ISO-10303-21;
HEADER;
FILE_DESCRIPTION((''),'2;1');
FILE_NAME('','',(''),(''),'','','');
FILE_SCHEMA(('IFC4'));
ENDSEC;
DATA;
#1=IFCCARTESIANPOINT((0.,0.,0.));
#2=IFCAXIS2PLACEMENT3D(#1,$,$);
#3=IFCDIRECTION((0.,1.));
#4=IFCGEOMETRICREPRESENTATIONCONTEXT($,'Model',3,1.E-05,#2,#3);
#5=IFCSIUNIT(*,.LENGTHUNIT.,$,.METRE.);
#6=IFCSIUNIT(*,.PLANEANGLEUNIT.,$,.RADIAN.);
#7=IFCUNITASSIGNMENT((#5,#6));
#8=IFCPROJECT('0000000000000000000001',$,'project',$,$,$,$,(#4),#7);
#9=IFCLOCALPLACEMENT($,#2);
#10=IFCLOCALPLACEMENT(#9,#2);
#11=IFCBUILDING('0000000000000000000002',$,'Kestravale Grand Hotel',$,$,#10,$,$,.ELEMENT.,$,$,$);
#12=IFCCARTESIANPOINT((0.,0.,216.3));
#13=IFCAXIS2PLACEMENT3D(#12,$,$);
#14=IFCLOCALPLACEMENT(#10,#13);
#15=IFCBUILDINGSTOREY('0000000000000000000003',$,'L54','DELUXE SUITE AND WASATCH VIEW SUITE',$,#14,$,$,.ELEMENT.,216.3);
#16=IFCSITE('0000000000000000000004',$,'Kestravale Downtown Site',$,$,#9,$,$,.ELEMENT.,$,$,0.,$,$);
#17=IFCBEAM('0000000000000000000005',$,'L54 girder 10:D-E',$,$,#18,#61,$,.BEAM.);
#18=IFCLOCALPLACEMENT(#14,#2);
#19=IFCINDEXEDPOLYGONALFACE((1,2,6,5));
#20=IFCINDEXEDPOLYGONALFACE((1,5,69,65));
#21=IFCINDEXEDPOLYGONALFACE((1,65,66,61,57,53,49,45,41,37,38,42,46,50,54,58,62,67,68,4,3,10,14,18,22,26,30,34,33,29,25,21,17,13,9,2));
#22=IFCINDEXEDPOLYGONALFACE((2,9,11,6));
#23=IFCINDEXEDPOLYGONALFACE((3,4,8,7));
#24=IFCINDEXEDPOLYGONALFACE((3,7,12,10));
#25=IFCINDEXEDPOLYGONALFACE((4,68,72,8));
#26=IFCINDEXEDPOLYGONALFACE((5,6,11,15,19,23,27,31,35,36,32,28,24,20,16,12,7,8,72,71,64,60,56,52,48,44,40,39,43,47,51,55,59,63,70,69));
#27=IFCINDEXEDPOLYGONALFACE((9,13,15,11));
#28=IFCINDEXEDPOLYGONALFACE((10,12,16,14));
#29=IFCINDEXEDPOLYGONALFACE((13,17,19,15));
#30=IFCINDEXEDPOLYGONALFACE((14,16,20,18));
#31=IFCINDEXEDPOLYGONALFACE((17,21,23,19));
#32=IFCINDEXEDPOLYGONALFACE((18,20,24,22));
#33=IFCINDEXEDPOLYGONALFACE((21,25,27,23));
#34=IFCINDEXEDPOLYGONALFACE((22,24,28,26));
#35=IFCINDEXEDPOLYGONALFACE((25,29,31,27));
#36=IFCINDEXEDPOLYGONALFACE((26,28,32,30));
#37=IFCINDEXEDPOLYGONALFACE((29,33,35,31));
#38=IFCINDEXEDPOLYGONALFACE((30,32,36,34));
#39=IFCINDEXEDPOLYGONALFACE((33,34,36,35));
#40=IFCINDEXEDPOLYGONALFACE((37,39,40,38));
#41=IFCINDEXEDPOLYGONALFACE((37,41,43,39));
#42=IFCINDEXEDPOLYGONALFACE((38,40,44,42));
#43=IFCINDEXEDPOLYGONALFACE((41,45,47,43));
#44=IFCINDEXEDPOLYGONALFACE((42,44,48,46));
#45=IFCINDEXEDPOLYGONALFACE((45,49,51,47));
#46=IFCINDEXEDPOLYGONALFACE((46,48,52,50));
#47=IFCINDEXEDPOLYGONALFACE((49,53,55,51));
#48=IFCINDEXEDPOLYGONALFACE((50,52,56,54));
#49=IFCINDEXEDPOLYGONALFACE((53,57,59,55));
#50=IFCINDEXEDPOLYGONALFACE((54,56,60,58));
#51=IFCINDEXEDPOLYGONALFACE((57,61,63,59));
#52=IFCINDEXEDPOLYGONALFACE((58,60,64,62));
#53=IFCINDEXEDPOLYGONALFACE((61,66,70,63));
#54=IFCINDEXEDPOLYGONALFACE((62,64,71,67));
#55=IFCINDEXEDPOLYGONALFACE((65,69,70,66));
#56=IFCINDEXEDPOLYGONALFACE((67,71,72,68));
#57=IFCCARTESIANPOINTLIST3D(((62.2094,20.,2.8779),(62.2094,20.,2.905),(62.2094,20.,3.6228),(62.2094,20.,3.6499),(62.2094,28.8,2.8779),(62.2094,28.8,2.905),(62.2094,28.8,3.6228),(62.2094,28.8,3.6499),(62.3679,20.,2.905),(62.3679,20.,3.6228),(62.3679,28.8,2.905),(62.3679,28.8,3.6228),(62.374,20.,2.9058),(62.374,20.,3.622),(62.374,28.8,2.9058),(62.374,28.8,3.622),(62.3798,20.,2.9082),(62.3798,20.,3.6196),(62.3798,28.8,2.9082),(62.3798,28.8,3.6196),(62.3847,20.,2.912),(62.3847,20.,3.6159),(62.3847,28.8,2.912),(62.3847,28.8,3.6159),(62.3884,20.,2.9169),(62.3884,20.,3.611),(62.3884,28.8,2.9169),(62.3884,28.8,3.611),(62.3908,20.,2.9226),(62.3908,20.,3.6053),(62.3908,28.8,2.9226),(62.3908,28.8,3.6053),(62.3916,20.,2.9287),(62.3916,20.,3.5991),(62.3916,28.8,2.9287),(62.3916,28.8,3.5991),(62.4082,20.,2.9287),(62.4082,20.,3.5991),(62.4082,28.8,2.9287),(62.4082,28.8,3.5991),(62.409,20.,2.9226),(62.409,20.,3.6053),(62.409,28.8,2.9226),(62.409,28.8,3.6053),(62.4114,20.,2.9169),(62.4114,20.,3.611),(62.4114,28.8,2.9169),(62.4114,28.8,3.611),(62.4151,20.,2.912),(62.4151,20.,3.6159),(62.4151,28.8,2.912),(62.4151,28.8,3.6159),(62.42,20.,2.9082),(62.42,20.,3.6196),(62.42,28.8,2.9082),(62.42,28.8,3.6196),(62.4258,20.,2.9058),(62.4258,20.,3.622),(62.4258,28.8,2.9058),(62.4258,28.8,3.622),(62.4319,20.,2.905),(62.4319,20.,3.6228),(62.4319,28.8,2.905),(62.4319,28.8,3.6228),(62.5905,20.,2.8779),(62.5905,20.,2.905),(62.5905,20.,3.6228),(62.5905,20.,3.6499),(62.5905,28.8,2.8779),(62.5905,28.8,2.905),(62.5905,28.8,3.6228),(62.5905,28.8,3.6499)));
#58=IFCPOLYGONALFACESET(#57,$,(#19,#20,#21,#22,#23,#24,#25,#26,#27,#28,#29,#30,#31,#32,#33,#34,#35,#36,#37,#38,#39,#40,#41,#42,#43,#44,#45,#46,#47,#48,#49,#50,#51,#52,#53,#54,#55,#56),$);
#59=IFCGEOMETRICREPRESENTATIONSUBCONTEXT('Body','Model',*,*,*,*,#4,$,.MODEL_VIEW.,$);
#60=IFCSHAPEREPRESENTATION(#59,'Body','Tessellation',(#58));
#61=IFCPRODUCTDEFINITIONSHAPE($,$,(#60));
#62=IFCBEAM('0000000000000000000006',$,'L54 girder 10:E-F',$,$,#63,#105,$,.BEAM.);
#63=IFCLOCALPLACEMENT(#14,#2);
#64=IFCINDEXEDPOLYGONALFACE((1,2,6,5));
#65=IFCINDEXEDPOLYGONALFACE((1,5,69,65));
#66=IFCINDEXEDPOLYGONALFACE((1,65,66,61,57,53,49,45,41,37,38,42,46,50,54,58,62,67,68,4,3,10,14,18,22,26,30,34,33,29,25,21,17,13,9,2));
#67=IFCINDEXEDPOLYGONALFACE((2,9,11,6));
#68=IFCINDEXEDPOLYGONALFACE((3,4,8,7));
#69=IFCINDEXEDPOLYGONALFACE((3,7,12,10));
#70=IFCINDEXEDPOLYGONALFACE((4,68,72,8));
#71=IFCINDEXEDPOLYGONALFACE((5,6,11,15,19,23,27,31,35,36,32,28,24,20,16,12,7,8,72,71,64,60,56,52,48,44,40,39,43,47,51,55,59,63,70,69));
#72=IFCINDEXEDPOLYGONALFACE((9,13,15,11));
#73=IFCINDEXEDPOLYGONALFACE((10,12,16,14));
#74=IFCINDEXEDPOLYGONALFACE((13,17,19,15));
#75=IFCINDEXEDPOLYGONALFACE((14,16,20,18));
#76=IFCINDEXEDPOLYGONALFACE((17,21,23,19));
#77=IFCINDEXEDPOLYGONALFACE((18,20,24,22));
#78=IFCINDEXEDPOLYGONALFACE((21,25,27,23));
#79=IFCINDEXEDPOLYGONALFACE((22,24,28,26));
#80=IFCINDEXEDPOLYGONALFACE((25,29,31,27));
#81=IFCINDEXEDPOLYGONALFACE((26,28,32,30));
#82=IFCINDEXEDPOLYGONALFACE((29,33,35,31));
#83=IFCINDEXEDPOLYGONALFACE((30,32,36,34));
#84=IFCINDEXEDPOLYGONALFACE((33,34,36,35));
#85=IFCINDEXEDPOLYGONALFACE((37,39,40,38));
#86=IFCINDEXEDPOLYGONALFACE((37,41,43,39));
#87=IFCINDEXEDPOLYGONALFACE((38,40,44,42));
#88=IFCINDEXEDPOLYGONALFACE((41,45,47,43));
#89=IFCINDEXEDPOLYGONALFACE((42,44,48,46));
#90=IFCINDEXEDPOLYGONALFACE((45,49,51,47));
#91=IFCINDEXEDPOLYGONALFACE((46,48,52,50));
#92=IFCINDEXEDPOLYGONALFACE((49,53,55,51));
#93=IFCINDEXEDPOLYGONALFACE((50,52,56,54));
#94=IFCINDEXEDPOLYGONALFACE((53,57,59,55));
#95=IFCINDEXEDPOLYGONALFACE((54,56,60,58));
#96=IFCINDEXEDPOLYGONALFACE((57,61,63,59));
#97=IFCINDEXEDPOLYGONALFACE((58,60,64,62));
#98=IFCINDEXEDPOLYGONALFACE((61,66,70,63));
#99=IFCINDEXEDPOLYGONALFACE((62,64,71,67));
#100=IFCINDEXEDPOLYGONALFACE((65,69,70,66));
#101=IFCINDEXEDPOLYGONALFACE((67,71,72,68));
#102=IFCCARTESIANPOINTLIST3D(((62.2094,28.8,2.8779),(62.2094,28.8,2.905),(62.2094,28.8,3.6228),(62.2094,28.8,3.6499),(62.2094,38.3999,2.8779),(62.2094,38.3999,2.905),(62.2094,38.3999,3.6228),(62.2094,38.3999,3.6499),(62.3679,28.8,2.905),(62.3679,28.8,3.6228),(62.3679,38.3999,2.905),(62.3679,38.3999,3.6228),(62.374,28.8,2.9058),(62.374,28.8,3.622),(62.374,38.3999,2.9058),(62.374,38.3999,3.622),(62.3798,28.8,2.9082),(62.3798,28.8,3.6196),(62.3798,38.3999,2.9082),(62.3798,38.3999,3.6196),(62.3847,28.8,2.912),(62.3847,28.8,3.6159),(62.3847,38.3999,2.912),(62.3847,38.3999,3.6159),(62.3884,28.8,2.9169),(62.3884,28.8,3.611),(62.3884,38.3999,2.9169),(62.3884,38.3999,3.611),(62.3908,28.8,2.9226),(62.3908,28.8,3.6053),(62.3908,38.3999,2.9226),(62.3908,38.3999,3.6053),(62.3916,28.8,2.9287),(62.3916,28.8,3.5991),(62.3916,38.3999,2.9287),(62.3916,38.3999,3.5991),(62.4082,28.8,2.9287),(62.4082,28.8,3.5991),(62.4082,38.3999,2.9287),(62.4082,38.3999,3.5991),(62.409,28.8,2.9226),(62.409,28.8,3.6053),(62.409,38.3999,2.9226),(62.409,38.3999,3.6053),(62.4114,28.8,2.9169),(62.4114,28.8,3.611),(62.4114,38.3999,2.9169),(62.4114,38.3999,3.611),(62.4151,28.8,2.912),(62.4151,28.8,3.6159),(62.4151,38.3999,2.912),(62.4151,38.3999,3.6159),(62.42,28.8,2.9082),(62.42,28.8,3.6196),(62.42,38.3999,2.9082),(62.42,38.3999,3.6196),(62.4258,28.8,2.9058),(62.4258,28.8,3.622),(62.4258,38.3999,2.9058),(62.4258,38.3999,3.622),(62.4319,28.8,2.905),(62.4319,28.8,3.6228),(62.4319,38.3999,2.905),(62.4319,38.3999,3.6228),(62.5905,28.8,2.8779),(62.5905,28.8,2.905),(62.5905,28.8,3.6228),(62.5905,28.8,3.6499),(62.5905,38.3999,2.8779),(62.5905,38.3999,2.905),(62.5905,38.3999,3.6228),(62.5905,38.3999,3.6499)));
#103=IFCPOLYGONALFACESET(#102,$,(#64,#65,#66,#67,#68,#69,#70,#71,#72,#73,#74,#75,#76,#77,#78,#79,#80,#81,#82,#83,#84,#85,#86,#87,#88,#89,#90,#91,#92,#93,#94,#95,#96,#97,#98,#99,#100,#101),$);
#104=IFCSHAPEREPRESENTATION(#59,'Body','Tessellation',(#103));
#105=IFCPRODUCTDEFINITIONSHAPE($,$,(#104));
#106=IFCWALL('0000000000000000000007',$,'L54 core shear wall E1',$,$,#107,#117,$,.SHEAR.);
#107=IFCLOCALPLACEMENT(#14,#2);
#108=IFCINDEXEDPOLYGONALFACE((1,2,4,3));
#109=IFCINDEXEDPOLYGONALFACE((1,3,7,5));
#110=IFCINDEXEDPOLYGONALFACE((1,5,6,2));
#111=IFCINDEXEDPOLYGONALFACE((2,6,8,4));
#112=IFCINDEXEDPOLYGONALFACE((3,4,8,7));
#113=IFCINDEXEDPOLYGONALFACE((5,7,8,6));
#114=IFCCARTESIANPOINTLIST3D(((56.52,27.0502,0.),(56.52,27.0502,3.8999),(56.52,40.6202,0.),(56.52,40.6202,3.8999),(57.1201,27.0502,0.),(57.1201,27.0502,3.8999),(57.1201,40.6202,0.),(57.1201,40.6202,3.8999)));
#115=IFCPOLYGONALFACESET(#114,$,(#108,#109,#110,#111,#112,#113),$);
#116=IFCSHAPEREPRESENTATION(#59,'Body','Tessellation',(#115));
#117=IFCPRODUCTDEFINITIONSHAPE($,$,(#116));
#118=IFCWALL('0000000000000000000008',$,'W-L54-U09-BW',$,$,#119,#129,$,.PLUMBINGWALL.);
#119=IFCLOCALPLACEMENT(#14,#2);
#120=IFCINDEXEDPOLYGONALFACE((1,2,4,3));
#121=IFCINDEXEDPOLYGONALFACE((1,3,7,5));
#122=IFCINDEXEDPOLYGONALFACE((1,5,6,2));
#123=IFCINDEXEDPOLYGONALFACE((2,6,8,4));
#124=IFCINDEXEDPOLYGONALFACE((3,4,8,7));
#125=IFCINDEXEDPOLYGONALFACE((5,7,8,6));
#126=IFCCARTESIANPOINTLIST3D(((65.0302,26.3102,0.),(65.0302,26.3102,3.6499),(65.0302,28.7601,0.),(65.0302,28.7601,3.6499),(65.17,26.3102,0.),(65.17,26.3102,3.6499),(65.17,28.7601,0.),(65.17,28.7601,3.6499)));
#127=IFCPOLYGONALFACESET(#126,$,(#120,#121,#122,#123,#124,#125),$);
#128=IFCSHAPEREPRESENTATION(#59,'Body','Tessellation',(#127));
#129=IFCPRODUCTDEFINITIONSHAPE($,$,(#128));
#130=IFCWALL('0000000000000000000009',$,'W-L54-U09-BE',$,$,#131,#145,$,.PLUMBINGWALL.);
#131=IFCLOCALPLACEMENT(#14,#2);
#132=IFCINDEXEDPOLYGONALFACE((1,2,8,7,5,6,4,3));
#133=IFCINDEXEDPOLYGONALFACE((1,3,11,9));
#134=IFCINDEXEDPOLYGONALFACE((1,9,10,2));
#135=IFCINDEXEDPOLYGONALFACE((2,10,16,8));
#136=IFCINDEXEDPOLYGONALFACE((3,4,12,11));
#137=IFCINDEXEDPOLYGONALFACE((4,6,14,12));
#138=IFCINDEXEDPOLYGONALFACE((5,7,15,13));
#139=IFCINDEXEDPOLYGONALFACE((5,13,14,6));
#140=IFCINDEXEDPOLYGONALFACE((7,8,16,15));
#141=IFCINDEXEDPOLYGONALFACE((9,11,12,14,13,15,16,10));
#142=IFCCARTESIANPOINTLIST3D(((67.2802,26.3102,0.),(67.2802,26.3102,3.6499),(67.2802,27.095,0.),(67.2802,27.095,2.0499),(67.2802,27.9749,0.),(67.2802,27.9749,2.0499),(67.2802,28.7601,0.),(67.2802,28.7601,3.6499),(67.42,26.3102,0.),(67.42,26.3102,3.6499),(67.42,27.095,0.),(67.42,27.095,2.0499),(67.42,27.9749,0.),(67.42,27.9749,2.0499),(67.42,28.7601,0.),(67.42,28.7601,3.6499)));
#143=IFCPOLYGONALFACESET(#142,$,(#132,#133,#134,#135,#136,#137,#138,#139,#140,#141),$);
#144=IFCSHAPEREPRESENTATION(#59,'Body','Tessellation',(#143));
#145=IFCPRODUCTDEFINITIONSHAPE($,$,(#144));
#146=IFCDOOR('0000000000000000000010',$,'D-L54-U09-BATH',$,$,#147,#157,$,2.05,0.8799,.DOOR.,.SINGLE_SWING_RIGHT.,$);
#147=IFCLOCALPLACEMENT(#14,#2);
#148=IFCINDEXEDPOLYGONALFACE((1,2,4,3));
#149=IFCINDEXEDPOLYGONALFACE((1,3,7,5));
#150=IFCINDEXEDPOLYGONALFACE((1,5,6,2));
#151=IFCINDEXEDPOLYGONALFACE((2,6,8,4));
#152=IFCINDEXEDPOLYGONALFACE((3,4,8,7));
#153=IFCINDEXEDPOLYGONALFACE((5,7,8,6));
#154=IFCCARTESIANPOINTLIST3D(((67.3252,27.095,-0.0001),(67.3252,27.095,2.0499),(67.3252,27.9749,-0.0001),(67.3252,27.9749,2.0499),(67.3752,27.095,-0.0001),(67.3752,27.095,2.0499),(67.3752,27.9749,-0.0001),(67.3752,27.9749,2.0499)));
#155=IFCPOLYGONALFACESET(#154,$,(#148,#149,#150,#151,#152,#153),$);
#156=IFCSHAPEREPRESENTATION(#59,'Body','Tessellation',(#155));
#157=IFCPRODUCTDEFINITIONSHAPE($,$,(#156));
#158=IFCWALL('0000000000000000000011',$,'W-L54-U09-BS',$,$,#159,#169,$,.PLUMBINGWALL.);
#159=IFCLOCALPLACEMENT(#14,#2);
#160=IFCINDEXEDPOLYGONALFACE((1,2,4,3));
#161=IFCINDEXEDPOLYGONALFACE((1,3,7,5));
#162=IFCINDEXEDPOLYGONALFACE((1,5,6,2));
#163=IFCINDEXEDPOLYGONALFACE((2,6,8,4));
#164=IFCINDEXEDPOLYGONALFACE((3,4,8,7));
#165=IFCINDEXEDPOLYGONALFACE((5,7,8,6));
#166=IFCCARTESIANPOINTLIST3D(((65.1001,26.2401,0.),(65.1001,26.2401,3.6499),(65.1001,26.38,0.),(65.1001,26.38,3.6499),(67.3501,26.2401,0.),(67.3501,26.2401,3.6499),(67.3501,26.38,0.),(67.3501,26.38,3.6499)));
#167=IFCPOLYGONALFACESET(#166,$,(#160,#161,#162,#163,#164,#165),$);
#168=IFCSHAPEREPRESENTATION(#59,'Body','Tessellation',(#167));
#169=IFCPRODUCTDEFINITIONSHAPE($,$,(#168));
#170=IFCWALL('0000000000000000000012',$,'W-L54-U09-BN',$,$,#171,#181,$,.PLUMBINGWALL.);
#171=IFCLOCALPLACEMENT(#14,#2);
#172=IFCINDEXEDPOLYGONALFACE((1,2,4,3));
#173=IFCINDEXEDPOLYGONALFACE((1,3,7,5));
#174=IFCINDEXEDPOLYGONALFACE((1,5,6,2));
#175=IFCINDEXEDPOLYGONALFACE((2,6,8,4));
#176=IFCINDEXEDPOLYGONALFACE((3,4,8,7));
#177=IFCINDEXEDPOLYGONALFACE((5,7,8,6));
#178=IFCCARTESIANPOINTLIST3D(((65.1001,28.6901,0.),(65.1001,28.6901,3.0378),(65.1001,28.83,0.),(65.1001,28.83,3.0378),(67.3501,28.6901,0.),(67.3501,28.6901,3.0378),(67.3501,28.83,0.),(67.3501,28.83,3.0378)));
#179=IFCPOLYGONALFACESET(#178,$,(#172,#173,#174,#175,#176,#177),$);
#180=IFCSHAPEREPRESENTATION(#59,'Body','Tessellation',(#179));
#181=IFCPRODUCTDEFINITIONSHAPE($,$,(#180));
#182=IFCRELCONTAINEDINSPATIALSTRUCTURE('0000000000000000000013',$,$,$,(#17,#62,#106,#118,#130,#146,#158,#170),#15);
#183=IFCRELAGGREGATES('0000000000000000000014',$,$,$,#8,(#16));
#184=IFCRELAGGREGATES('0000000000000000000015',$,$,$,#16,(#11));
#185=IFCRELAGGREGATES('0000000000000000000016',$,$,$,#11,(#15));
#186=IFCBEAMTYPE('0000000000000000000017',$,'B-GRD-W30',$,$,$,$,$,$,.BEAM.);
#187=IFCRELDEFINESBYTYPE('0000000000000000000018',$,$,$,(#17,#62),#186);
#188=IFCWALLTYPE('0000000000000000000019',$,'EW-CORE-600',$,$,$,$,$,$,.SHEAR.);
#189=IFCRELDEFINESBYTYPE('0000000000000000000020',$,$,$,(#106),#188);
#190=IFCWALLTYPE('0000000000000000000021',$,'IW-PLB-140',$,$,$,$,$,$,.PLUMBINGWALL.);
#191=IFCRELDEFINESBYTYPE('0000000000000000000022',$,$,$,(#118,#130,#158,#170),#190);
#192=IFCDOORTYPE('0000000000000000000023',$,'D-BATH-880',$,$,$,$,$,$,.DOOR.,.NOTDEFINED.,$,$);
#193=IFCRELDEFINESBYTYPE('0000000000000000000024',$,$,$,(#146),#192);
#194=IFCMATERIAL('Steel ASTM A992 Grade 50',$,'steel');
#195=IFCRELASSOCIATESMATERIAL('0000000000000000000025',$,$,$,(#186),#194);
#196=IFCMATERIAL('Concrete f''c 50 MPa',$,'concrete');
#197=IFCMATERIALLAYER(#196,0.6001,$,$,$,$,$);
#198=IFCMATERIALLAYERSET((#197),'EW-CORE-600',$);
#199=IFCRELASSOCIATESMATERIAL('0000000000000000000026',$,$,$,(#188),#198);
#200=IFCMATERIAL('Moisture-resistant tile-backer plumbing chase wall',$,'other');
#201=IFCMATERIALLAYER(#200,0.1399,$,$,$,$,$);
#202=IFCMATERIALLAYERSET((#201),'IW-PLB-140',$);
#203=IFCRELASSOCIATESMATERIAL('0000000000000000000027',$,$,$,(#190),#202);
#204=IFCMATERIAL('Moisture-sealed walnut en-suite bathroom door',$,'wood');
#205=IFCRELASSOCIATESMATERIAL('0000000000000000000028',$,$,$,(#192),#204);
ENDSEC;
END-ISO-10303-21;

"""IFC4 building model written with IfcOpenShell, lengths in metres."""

from ifc_helpers import new_model, si_unit, direction, frame, frame_2d, origin, origin_2d, place, context, subcontext, project, spatial, rectangle, i_section, extrude, material, layer, layer_set, material_profile, profile_set, type_object, element, fill, save


model = new_model("IFC4")

# Units and contexts
model_context = context("Model", 3, precision=1e-05, world=origin(), true_north=direction((0.0, 1.0)))
body_context = subcontext(model_context, "Body", "Model", "MODEL_VIEW")
ifc_project = project(units=[si_unit("LENGTHUNIT", "METRE"), si_unit("PLANEANGLEUNIT", "RADIAN")], contexts=[model_context])

# Site, building, storey
site_placement = place(None, origin())
site = spatial("IfcSite", under=ifc_project, at=site_placement, Name="Kestravale Downtown Site", CompositionType="ELEMENT", RefElevation=0.0)
building_placement = place(site_placement, origin())
building = spatial("IfcBuilding", under=site, at=building_placement, Name="Kestravale Grand Hotel", CompositionType="ELEMENT")
storey_placement = place(building_placement, frame((0.0, 0.0, 216.3)))
storey = spatial("IfcBuildingStorey", under=building, at=storey_placement, Name="L54", Description="DELUXE SUITE AND WASATCH VIEW SUITE", CompositionType="ELEMENT", Elevation=216.3)

# Beams
ifc_material_1 = material(Name="Steel ASTM A992 Grade 50", Category="steel")
ifc_material_profile_1 = material_profile(ifc_material_1, i_section(OverallWidth=0.3811, OverallDepth=0.772, WebThickness=0.0166, FlangeThickness=0.0271, FilletRadius=0.0237, at=origin_2d()))
ifc_profile_set_1 = profile_set([ifc_material_profile_1], Name="Steel ASTM A992 Grade 50")
beam_type_1 = type_object("IfcBeamType", Name="B-GRD-W30", PredefinedType="BEAM", material=ifc_profile_set_1)
beam_1_placement = place(storey_placement, frame((62.3999, 20.0, 3.2639), z_axis=(0.0, 1.0, 0.0), x_axis=(-1.0, 0.0, 0.0)))
element("IfcBeam", 1, at=beam_1_placement, inside=storey, type_object=beam_type_1, Name="L54 girder 10:D-E", PredefinedType="BEAM", context=body_context, shape_type="SweptSolid", body=[
    extrude(i_section(OverallWidth=0.3811, OverallDepth=0.772, WebThickness=0.0166, FlangeThickness=0.0271, FilletRadius=0.0237, at=origin_2d()), origin(), (0.0, 0.0, 1.0), 8.8),
])
beam_2_placement = place(storey_placement, frame((62.3999, 28.8, 3.2639), z_axis=(0.0, 1.0, 0.0), x_axis=(-1.0, 0.0, 0.0)))
element("IfcBeam", 2, at=beam_2_placement, inside=storey, type_object=beam_type_1, Name="L54 girder 10:E-F", PredefinedType="BEAM", context=body_context, shape_type="SweptSolid", body=[
    extrude(i_section(OverallWidth=0.3811, OverallDepth=0.772, WebThickness=0.0166, FlangeThickness=0.0271, FilletRadius=0.0237, at=origin_2d()), origin(), (0.0, 0.0, 1.0), 9.5999),
])

# Walls
ifc_material_2 = material(Name="Concrete f'c 50 MPa", Category="concrete")
ifc_layer_1 = layer(ifc_material_2, 0.6001)
ifc_layer_set_1 = layer_set([ifc_layer_1], Name="EW-CORE-600")
wall_type_1 = type_object("IfcWallType", Name="EW-CORE-600", PredefinedType="SHEAR", material=ifc_layer_set_1)
wall_1_placement = place(storey_placement, frame((56.8201, 27.05, 0.0), z_axis=(0.0, 0.0, 1.0), x_axis=(0.0, 1.0, 0.0)))
element("IfcWall", 3, at=wall_1_placement, inside=storey, type_object=wall_type_1, Name="L54 core shear wall E1", PredefinedType="SHEAR", context=body_context, shape_type="SweptSolid", body=[
    extrude(rectangle(XDim=13.5701, YDim=0.6001, at=frame_2d((6.7852, 0.0))), origin(), (0.0, 0.0, 1.0), 3.8999),
])
ifc_material_3 = material(Name="Moisture-resistant tile-backer plumbing chase wall", Category="other")
ifc_layer_2 = layer(ifc_material_3, 0.1399)
ifc_layer_set_2 = layer_set([ifc_layer_2], Name="IW-PLB-140")
wall_type_2 = type_object("IfcWallType", Name="IW-PLB-140", PredefinedType="PLUMBINGWALL", material=ifc_layer_set_2)
wall_2_placement = place(storey_placement, frame((65.1001, 26.3101, 0.0), z_axis=(0.0, 0.0, 1.0), x_axis=(0.0, 1.0, 0.0)))
element("IfcWall", 4, at=wall_2_placement, inside=storey, type_object=wall_type_2, Name="W-L54-U09-BW", PredefinedType="PLUMBINGWALL", context=body_context, shape_type="SweptSolid", body=[
    extrude(rectangle(XDim=2.45, YDim=0.1399, at=frame_2d((1.2251, 0.0))), origin(), (0.0, 0.0, 1.0), 3.6499),
])

# Wall, opening, door
wall_3_placement = place(storey_placement, frame((67.3501, 26.3101, 0.0), z_axis=(0.0, 0.0, 1.0), x_axis=(0.0, 1.0, 0.0)))
wall_3 = element("IfcWall", 5, at=wall_3_placement, inside=storey, type_object=wall_type_2, Name="W-L54-U09-BE", PredefinedType="PLUMBINGWALL", context=body_context, shape_type="SweptSolid", body=[
    extrude(rectangle(XDim=2.45, YDim=0.1399, at=frame_2d((1.2251, 0.0))), origin(), (0.0, 0.0, 1.0), 3.6499),
])
opening_placement = place(wall_3_placement, frame((0.7849, 0.0, 0.0)))
opening = element("IfcOpeningElement", 6, at=opening_placement, cuts=wall_3, PredefinedType="OPENING", context=body_context, shape_type="SweptSolid", body=[
    extrude(rectangle(XDim=0.8799, YDim=2.05, at=frame_2d((0.4399, 1.0249))), frame((0.0, 0.0798, 0.0), z_axis=(0.0, -1.0, 0.0), x_axis=(1.0, 0.0, 0.0)), (0.0, 0.0, 1.0), 0.1599),
])
ifc_material_4 = material(Name="Moisture-sealed walnut en-suite bathroom door", Category="wood")
door_type = type_object("IfcDoorType", Name="D-BATH-880", OperationType="NOTDEFINED", PredefinedType="DOOR", material=ifc_material_4)
door_placement = place(opening_placement, origin())
door = element("IfcDoor", 7, at=door_placement, inside=storey, type_object=door_type, Name="D-L54-U09-BATH", OperationType="SINGLE_SWING_RIGHT", OverallHeight=2.05, OverallWidth=0.8799, PredefinedType="DOOR", context=body_context, shape_type="SweptSolid", body=[
    extrude(rectangle(XDim=0.8799, YDim=2.05, at=frame_2d((0.4399, 1.0249))), frame((0.0, 0.0249, 0.0), z_axis=(0.0, -1.0, 0.0), x_axis=(1.0, 0.0, 0.0)), (0.0, 0.0, 1.0), 0.05),
])
fill(opening, door)

# Walls
wall_4_placement = place(storey_placement, frame((65.1001, 26.3101, 0.0), z_axis=(0.0, 0.0, 1.0), x_axis=(1.0, 0.0, 0.0)))
element("IfcWall", 8, at=wall_4_placement, inside=storey, type_object=wall_type_2, Name="W-L54-U09-BS", PredefinedType="PLUMBINGWALL", context=body_context, shape_type="SweptSolid", body=[
    extrude(rectangle(XDim=2.25, YDim=0.1399, at=frame_2d((1.125, 0.0))), origin(), (0.0, 0.0, 1.0), 3.6499),
])
wall_5_placement = place(storey_placement, frame((65.1001, 28.76, 0.0), z_axis=(0.0, 0.0, 1.0), x_axis=(1.0, 0.0, 0.0)))
element("IfcWall", 9, at=wall_5_placement, inside=storey, type_object=wall_type_2, Name="W-L54-U09-BN", PredefinedType="PLUMBINGWALL", context=body_context, shape_type="SweptSolid", body=[
    extrude(rectangle(XDim=2.25, YDim=0.1399, at=frame_2d((1.125, 0.0))), origin(), (0.0, 0.0, 1.0), 3.0378),
])

save(model, "model.ifc")
